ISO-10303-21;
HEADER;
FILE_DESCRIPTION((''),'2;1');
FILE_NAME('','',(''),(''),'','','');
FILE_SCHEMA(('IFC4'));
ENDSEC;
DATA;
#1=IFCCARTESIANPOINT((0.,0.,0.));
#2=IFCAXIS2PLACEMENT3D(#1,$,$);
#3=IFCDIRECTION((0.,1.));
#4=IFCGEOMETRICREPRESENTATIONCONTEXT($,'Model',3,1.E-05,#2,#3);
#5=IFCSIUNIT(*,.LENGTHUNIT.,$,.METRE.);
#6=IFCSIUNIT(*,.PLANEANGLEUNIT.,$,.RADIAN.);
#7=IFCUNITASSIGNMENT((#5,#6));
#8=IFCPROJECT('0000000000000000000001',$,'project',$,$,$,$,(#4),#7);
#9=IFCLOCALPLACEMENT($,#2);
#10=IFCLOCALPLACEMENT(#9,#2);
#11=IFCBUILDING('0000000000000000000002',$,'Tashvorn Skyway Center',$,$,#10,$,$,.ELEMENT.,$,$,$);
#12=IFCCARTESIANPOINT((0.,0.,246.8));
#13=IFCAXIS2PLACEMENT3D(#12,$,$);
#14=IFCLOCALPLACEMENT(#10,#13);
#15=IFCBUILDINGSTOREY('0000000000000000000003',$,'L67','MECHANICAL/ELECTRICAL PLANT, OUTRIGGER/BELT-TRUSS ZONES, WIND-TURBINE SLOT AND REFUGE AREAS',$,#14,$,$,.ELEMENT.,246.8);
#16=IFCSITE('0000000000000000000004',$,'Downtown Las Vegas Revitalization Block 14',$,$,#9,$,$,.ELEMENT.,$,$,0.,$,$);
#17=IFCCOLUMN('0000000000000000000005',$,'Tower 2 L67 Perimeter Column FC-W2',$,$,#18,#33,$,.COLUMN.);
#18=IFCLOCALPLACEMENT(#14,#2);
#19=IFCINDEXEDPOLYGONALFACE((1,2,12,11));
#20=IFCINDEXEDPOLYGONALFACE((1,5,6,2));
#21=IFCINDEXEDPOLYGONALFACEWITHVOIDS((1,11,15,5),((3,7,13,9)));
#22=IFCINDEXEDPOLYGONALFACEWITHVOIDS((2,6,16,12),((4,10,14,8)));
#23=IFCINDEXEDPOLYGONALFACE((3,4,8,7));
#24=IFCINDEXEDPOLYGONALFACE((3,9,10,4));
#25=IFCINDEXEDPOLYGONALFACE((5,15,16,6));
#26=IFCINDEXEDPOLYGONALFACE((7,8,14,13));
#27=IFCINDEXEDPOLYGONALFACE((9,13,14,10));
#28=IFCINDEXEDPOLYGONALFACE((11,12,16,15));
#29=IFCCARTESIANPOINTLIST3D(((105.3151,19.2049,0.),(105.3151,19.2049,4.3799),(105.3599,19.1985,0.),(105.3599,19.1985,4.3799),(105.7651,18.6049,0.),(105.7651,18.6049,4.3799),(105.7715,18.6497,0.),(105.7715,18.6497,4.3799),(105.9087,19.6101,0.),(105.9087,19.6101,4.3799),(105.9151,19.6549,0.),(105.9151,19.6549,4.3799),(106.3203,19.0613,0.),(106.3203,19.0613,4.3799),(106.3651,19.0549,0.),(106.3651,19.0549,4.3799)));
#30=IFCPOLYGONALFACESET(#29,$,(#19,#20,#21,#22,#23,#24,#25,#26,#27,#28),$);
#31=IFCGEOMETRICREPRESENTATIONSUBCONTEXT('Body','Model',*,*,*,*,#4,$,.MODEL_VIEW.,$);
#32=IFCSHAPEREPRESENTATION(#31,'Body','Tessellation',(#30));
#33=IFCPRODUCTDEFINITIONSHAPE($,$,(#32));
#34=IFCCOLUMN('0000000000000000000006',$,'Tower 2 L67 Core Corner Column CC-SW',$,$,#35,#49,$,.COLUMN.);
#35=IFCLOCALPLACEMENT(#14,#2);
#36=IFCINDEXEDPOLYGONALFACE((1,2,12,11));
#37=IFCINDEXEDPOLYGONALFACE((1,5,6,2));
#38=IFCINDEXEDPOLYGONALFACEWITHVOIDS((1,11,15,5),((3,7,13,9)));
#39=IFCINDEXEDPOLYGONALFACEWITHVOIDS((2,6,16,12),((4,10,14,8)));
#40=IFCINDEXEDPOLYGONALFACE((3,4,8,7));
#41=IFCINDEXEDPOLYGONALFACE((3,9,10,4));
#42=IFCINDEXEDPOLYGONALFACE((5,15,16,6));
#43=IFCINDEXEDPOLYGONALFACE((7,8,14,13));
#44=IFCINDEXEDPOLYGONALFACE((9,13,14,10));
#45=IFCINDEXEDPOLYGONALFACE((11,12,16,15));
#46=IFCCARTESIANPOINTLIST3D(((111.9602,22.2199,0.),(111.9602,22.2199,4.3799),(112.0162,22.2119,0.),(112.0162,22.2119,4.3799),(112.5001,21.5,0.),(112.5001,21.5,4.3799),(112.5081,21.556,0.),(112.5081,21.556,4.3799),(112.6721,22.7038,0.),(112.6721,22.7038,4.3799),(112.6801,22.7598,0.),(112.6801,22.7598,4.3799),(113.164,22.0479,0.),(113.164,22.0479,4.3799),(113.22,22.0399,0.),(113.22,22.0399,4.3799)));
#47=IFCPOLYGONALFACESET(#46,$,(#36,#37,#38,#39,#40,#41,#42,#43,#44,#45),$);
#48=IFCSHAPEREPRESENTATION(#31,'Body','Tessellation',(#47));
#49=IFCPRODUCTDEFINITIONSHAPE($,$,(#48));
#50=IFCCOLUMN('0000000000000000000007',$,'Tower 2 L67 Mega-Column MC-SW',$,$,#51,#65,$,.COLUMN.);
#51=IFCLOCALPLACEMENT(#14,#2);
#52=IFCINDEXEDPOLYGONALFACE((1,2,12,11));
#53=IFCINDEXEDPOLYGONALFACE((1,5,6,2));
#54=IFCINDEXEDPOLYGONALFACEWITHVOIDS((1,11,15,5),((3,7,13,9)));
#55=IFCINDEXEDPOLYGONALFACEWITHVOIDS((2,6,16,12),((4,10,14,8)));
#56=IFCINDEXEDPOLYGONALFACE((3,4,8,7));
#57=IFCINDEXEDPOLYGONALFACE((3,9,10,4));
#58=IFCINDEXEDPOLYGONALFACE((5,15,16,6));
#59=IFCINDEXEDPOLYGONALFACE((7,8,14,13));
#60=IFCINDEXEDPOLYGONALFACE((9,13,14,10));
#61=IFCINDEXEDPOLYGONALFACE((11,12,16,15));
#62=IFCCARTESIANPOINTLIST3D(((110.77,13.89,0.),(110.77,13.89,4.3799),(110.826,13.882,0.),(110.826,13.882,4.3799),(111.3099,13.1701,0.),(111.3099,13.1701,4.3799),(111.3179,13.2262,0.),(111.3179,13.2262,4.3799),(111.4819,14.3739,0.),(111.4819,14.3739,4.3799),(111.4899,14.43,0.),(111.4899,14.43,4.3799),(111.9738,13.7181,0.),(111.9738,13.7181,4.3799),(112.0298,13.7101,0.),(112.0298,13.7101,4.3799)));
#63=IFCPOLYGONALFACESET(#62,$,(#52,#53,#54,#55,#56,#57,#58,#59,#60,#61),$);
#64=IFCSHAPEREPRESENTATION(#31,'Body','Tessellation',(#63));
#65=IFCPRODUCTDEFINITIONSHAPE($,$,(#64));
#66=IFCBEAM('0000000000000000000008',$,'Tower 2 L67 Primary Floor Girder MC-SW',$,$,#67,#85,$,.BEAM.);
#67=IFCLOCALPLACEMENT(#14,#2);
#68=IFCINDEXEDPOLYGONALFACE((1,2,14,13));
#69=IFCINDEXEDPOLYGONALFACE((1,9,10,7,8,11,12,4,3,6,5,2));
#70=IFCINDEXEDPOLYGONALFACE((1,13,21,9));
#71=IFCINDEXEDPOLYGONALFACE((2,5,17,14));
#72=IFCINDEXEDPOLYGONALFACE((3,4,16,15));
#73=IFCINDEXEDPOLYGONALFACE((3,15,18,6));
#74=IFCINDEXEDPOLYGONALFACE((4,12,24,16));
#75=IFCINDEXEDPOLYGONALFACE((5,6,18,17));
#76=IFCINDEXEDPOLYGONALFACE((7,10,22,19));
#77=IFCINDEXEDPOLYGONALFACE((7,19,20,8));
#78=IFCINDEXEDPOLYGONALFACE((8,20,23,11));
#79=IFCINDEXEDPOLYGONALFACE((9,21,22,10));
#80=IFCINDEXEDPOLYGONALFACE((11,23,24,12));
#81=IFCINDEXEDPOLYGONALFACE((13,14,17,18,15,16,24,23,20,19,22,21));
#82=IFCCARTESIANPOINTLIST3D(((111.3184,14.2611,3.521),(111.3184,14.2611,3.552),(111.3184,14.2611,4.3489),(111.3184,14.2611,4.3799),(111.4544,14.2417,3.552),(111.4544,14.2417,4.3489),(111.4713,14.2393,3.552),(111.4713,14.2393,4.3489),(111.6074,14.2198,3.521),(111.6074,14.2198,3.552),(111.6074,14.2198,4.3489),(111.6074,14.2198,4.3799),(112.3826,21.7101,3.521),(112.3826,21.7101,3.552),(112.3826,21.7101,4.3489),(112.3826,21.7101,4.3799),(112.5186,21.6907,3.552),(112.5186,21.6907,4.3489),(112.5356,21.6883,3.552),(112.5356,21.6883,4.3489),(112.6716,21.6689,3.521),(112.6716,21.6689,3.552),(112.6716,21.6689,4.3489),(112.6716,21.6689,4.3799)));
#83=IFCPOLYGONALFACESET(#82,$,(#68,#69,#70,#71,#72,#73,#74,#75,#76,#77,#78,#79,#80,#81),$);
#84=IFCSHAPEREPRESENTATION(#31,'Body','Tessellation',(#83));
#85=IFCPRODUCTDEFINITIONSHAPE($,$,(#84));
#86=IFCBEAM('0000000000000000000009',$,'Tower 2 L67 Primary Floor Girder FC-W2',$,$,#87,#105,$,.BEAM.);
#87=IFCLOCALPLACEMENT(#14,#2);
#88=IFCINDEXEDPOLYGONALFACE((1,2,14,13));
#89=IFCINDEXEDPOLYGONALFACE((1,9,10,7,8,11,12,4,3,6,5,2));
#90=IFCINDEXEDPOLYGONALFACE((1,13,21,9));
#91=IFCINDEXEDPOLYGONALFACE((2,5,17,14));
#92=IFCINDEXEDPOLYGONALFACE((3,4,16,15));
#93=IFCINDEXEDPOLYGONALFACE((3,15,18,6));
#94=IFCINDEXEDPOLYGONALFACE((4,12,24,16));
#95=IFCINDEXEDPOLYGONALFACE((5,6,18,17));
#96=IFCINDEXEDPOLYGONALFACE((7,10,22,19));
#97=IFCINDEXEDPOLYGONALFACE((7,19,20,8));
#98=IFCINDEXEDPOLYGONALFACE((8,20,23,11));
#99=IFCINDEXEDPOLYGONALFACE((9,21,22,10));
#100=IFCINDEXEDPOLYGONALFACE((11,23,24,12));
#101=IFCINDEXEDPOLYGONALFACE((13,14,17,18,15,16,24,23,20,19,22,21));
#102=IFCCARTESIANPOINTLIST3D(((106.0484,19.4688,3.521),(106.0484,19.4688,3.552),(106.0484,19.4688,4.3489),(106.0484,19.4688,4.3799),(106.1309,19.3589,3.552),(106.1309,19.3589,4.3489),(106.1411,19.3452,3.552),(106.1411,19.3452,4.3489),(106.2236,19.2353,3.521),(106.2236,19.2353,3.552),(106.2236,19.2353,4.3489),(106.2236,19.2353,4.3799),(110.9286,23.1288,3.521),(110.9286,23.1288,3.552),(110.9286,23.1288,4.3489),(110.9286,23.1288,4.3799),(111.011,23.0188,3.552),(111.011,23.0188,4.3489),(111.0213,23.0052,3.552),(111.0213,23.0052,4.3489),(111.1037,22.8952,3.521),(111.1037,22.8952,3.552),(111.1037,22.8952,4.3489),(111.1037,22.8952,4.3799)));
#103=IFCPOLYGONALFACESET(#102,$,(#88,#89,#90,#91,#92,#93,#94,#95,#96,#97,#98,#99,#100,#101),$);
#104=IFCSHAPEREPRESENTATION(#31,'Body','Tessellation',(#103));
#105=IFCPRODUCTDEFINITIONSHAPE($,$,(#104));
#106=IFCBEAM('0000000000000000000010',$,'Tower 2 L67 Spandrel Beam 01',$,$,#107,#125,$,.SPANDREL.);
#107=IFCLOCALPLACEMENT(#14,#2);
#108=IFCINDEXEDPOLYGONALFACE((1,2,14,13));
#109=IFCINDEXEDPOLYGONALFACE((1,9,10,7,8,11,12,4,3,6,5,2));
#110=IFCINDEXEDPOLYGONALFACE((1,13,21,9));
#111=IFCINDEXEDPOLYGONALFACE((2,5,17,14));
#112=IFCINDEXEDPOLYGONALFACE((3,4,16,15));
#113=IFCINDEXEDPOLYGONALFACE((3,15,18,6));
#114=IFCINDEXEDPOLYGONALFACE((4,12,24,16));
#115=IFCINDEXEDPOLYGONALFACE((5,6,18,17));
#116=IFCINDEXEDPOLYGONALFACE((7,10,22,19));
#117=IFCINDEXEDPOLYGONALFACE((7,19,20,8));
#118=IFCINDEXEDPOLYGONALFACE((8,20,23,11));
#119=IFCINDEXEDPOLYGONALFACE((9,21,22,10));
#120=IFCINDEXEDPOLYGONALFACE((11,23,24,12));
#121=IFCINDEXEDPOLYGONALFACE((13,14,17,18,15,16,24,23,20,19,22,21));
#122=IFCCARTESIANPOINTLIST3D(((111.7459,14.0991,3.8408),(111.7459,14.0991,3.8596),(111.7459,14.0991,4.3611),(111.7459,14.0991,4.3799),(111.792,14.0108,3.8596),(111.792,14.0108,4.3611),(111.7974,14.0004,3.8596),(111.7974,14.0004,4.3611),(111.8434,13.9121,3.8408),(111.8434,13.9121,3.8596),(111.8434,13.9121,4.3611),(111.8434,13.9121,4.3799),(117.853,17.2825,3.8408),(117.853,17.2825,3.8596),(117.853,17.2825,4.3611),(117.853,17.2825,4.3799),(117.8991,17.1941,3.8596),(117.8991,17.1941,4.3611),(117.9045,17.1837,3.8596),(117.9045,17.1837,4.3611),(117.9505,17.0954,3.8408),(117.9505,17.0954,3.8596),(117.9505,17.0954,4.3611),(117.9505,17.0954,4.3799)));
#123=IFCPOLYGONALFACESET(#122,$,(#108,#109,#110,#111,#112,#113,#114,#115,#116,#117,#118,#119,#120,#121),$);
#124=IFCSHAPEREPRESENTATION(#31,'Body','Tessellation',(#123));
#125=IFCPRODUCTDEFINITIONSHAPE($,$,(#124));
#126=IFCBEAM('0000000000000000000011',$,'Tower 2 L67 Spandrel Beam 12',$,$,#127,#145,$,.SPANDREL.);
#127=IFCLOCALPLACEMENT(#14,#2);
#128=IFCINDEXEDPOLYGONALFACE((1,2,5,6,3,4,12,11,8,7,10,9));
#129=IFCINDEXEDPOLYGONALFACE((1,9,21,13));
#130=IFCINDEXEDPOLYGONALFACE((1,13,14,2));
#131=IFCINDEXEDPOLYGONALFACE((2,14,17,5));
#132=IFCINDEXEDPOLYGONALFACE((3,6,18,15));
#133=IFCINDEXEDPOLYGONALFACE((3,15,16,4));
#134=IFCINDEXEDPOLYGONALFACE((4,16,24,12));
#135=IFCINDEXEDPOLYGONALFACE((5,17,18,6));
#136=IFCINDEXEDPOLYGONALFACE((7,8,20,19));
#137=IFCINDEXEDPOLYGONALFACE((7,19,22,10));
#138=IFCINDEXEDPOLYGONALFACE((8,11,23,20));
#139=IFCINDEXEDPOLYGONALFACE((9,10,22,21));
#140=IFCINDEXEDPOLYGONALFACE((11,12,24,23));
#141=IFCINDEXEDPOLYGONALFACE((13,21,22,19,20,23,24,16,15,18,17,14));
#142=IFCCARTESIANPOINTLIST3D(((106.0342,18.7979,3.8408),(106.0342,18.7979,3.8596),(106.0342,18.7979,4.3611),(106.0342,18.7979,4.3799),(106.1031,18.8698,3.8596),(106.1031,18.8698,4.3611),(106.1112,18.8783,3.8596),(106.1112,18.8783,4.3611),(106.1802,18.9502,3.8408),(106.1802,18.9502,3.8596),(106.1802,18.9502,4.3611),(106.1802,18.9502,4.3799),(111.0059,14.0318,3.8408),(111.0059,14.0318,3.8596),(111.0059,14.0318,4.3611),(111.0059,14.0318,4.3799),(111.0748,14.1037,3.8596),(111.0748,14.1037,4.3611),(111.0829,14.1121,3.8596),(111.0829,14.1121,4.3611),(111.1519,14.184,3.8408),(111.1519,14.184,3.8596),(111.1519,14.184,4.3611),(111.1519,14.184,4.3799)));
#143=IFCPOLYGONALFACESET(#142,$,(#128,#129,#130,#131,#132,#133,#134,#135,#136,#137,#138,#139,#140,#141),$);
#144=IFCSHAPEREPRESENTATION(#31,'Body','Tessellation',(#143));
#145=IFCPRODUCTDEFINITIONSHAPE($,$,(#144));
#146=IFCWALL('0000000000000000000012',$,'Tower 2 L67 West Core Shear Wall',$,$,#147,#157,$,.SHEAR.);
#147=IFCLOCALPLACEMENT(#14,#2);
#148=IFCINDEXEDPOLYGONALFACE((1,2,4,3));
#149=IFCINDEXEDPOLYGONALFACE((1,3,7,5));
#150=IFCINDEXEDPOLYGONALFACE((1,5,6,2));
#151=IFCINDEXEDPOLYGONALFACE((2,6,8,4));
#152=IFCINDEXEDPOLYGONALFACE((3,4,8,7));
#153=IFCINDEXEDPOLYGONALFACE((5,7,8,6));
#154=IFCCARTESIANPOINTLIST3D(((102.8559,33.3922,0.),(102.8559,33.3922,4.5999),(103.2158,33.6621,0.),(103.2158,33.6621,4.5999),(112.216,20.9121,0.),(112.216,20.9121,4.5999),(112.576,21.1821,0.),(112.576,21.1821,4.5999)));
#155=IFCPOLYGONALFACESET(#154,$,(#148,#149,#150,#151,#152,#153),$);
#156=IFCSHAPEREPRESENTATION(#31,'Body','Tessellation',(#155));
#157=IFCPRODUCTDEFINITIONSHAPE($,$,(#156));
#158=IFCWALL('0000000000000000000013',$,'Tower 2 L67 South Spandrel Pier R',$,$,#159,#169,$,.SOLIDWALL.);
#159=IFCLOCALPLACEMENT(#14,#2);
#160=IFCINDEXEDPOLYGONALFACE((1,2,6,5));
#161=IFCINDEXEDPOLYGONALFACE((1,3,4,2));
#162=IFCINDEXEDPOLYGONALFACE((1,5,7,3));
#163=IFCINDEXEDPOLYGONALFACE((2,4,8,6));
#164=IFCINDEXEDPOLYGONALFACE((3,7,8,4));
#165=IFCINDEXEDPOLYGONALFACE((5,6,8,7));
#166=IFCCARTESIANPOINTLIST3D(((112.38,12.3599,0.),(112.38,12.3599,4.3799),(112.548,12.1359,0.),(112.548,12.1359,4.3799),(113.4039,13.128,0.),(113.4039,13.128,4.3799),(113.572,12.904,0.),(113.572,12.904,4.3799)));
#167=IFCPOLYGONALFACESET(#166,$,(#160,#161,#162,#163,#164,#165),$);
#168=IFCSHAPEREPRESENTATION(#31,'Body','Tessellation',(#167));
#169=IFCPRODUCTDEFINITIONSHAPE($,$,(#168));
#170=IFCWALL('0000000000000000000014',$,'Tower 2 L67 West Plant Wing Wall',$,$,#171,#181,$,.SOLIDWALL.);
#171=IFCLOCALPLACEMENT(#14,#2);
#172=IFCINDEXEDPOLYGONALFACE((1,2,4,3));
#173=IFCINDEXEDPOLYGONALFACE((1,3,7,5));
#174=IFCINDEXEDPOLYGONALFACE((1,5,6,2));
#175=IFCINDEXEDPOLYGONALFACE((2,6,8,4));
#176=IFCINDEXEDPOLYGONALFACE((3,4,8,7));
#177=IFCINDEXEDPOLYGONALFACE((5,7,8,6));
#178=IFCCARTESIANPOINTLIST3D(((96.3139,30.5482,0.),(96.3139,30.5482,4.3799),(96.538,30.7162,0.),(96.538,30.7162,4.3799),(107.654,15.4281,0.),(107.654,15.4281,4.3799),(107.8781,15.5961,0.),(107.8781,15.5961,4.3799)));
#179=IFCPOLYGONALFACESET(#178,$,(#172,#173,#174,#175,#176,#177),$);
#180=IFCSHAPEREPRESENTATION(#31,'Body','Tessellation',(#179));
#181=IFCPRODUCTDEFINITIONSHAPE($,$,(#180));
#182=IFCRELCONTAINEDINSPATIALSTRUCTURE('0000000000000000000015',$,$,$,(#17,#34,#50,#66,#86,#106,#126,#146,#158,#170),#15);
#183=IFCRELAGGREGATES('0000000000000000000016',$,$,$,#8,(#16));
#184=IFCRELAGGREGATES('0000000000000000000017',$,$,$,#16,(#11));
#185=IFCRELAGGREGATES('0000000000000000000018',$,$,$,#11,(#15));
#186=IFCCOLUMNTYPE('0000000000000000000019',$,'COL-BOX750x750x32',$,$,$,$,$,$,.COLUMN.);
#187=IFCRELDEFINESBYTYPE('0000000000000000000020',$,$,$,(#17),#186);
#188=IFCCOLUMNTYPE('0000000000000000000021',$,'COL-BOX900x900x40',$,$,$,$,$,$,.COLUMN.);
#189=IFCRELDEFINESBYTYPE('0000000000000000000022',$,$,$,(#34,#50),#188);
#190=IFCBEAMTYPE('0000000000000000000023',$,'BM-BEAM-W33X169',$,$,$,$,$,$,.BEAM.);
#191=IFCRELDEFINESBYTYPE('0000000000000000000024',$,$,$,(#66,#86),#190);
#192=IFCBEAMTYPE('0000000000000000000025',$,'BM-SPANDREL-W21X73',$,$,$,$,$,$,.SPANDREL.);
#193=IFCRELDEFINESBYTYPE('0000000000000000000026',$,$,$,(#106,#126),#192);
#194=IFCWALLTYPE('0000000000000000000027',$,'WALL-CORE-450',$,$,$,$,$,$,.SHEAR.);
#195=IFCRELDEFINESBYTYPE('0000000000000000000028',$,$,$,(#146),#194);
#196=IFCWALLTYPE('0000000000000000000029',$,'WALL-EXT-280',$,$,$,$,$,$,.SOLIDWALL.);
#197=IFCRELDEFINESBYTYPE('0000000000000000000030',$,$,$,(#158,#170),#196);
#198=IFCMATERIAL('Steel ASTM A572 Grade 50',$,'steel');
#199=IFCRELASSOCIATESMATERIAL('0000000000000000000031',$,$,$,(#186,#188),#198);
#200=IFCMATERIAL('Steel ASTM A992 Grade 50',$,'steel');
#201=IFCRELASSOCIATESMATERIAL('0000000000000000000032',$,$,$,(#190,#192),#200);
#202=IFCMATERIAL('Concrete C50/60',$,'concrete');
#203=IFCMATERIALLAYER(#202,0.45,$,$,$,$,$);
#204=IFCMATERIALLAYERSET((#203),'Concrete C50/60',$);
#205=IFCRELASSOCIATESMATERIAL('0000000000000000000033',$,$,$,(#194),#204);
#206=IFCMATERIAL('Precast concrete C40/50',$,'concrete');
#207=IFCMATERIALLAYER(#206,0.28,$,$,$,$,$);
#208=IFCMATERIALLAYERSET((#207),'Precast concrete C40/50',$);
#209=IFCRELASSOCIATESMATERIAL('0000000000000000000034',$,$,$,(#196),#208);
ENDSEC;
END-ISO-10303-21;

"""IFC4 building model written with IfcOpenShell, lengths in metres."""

from ifc_helpers import new_model, si_unit, direction, frame, frame_2d, origin, origin_2d, place, context, subcontext, project, spatial, rectangle, hollow_rectangle, i_section, extrude, material, layer, layer_set, material_profile, profile_set, type_object, element, save


model = new_model("IFC4")

# Units and contexts
model_context = context("Model", 3, precision=1e-05, world=origin(), true_north=direction((0.0, 1.0)))
body_context = subcontext(model_context, "Body", "Model", "MODEL_VIEW")
ifc_project = project(units=[si_unit("LENGTHUNIT", "METRE"), si_unit("PLANEANGLEUNIT", "RADIAN")], contexts=[model_context])

# Site, building, storey
site_placement = place(None, origin())
site = spatial("IfcSite", under=ifc_project, at=site_placement, Name="Downtown Las Vegas Revitalization Block 14", CompositionType="ELEMENT", RefElevation=0.0)
building_placement = place(site_placement, origin())
building = spatial("IfcBuilding", under=site, at=building_placement, Name="Tashvorn Skyway Center", CompositionType="ELEMENT")
storey_placement = place(building_placement, frame((0.0, 0.0, 246.8)))
storey = spatial("IfcBuildingStorey", under=building, at=storey_placement, Name="L67", Description="MECHANICAL/ELECTRICAL PLANT, OUTRIGGER/BELT-TRUSS ZONES, WIND-TURBINE SLOT AND REFUGE AREAS", CompositionType="ELEMENT", Elevation=246.8)

# Columns
ifc_material_1 = material(Name="Steel ASTM A572 Grade 50", Category="steel")
ifc_material_profile_1 = material_profile(ifc_material_1, hollow_rectangle(XDim=0.75, YDim=0.75, WallThickness=0.032, at=origin_2d()), Name="BOX750x750x32")
ifc_profile_set_1 = profile_set([ifc_material_profile_1], Name="Steel ASTM A572 Grade 50")
column_type_1 = type_object("IfcColumnType", Name="COL-BOX750x750x32", PredefinedType="COLUMN", material=ifc_profile_set_1)
column_placement = place(storey_placement, frame((105.8401, 19.1299, 0.0), z_axis=(0.0, 0.0, 1.0), x_axis=(0.8, 0.6, 0.0)))
element("IfcColumn", 1, at=column_placement, inside=storey, type_object=column_type_1, Name="Tower 2 L67 Perimeter Column FC-W2", PredefinedType="COLUMN", context=body_context, shape_type="SweptSolid", body=[
    extrude(hollow_rectangle(XDim=0.75, YDim=0.75, WallThickness=0.032, at=origin_2d()), origin(), (0.0, 0.0, 1.0), 4.3799),
])
ifc_material_profile_2 = material_profile(ifc_material_1, hollow_rectangle(XDim=0.8999, YDim=0.8999, WallThickness=0.04, at=origin_2d()), Name="BOX900x900x40")
ifc_profile_set_2 = profile_set([ifc_material_profile_2], Name="Steel ASTM A572 Grade 50")
column_type_2 = type_object("IfcColumnType", Name="COL-BOX900x900x40", PredefinedType="COLUMN", material=ifc_profile_set_2)
for number, where, z_axis, x_axis, name in (
    (2, (112.5901, 22.1299, 0.0), (0.0, 0.0, 1.0), (0.8, 0.6, 0.0), "Tower 2 L67 Core Corner Column CC-SW"),
    (3, (111.3999, 13.8, 0.0), (0.0, 0.0, 1.0), (0.8, 0.6, 0.0), "Tower 2 L67 Mega-Column MC-SW"),
):
    element("IfcColumn", number, at=place(storey_placement, frame(where, z_axis=z_axis, x_axis=x_axis)), inside=storey, type_object=column_type_2, Name=name, PredefinedType="COLUMN", context=body_context, shape_type="SweptSolid", body=[
        extrude(hollow_rectangle(XDim=0.8999, YDim=0.8999, WallThickness=0.04, at=origin_2d()), origin(), (0.0, 0.0, 1.0), 4.3799),
    ])

# Beams
ifc_material_2 = material(Name="Steel ASTM A992 Grade 50", Category="steel")
ifc_material_profile_3 = material_profile(ifc_material_2, i_section(OverallWidth=0.292, OverallDepth=0.8589, WebThickness=0.0171, FlangeThickness=0.031, at=origin_2d()), Name="W33X169")
ifc_profile_set_3 = profile_set([ifc_material_profile_3], Name="Steel ASTM A992 Grade 50")
beam_type_1 = type_object("IfcBeamType", Name="BM-BEAM-W33X169", PredefinedType="BEAM", material=ifc_profile_set_3)
beam_1_placement = place(storey_placement, frame((111.4629, 14.2405, 3.9504), z_axis=(0.14143, 0.989948, 0.0), x_axis=(-0.989948, 0.14143, 0.0)))
element("IfcBeam", 4, at=beam_1_placement, inside=storey, type_object=beam_type_1, Name="Tower 2 L67 Primary Floor Girder MC-SW", PredefinedType="BEAM", context=body_context, shape_type="SweptSolid", body=[
    extrude(i_section(OverallWidth=0.292, OverallDepth=0.8589, WebThickness=0.0171, FlangeThickness=0.031, at=origin_2d()), origin(), (0.0, 0.0, 1.0), 7.5247),
])
beam_2_placement = place(storey_placement, frame((106.136, 19.3521, 3.9504), z_axis=(0.800014, 0.599981, 0.0), x_axis=(-0.599981, 0.800014, 0.0)))
element("IfcBeam", 5, at=beam_2_placement, inside=storey, type_object=beam_type_1, Name="Tower 2 L67 Primary Floor Girder FC-W2", PredefinedType="BEAM", context=body_context, shape_type="SweptSolid", body=[
    extrude(i_section(OverallWidth=0.292, OverallDepth=0.8589, WebThickness=0.0171, FlangeThickness=0.031, at=origin_2d()), origin(), (0.0, 0.0, 1.0), 6.1001),
])
ifc_material_profile_4 = material_profile(ifc_material_2, i_section(OverallWidth=0.2109, OverallDepth=0.5391, WebThickness=0.0117, FlangeThickness=0.0188, at=origin_2d()), Name="W21X73")
ifc_profile_set_4 = profile_set([ifc_material_profile_4], Name="Steel ASTM A992 Grade 50")
beam_type_2 = type_object("IfcBeamType", Name="BM-SPANDREL-W21X73", PredefinedType="SPANDREL", material=ifc_profile_set_4)
beam_3_placement = place(storey_placement, frame((111.7947, 14.0056, 4.1104), z_axis=(0.886764, 0.462223, 0.0), x_axis=(-0.462223, 0.886764, 0.0)))
element("IfcBeam", 6, at=beam_3_placement, inside=storey, type_object=beam_type_2, Name="Tower 2 L67 Spandrel Beam 01", PredefinedType="SPANDREL", context=body_context, shape_type="SweptSolid", body=[
    extrude(i_section(OverallWidth=0.2109, OverallDepth=0.5391, WebThickness=0.0117, FlangeThickness=0.0188, at=origin_2d()), origin(), (0.0, 0.0, 1.0), 6.887),
])
beam_4_placement = place(storey_placement, frame((106.1072, 18.874, 4.1104), z_axis=(0.721873, -0.692025, 0.0), x_axis=(0.692025, 0.721873, 0.0)))
element("IfcBeam", 7, at=beam_4_placement, inside=storey, type_object=beam_type_2, Name="Tower 2 L67 Spandrel Beam 12", PredefinedType="SPANDREL", context=body_context, shape_type="SweptSolid", body=[
    extrude(i_section(OverallWidth=0.2109, OverallDepth=0.5391, WebThickness=0.0117, FlangeThickness=0.0188, at=origin_2d()), origin(), (0.0, 0.0, 1.0), 6.8872),
])

# Walls
ifc_material_3 = material(Name="Concrete C50/60", Category="concrete")
ifc_layer_1 = layer(ifc_material_3, 0.45)
ifc_layer_set_1 = layer_set([ifc_layer_1], Name="Concrete C50/60")
wall_type_1 = type_object("IfcWallType", Name="WALL-CORE-450", PredefinedType="SHEAR", material=ifc_layer_set_1)
wall_1_placement = place(storey_placement, frame((112.396, 21.0471, 0.0), z_axis=(0.0, 0.0, 1.0), x_axis=(-0.600005, 0.799996, 0.0)))
element("IfcWall", 8, at=wall_1_placement, inside=storey, type_object=wall_type_1, Name="Tower 2 L67 West Core Shear Wall", PredefinedType="SHEAR", context=body_context, shape_type="SweptSolid", body=[
    extrude(rectangle(XDim=15.6001, YDim=0.45, at=frame_2d((7.8, 0.0))), origin(), (0.0, 0.0, 1.0), 4.5999),
])
ifc_material_4 = material(Name="Precast concrete C40/50", Category="concrete")
ifc_layer_2 = layer(ifc_material_4, 0.28)
ifc_layer_set_2 = layer_set([ifc_layer_2], Name="Precast concrete C40/50")
wall_type_2 = type_object("IfcWallType", Name="WALL-EXT-280", PredefinedType="SOLIDWALL", material=ifc_layer_set_2)
wall_2_placement = place(storey_placement, frame((113.488, 13.0161, 0.0), z_axis=(0.0, 0.0, 1.0), x_axis=(-0.799954, -0.600061, 0.0)))
element("IfcWall", 9, at=wall_2_placement, inside=storey, type_object=wall_type_2, Name="Tower 2 L67 South Spandrel Pier R", PredefinedType="SOLIDWALL", context=body_context, shape_type="SweptSolid", body=[
    extrude(rectangle(XDim=1.28, YDim=0.28, at=frame_2d((0.6401, 0.0))), origin(), (0.0, 0.0, 1.0), 4.3799),
])
wall_3_placement = place(storey_placement, frame((107.7661, 15.512, 0.0), z_axis=(0.0, 0.0, 1.0), x_axis=(-0.6, 0.8, 0.0)))
element("IfcWall", 10, at=wall_3_placement, inside=storey, type_object=wall_type_2, Name="Tower 2 L67 West Plant Wing Wall", PredefinedType="SOLIDWALL", context=body_context, shape_type="SweptSolid", body=[
    extrude(rectangle(XDim=18.9001, YDim=0.28, at=frame_2d((9.4502, 0.0))), origin(), (0.0, 0.0, 1.0), 4.3799),
])

save(model, "model.ifc")
